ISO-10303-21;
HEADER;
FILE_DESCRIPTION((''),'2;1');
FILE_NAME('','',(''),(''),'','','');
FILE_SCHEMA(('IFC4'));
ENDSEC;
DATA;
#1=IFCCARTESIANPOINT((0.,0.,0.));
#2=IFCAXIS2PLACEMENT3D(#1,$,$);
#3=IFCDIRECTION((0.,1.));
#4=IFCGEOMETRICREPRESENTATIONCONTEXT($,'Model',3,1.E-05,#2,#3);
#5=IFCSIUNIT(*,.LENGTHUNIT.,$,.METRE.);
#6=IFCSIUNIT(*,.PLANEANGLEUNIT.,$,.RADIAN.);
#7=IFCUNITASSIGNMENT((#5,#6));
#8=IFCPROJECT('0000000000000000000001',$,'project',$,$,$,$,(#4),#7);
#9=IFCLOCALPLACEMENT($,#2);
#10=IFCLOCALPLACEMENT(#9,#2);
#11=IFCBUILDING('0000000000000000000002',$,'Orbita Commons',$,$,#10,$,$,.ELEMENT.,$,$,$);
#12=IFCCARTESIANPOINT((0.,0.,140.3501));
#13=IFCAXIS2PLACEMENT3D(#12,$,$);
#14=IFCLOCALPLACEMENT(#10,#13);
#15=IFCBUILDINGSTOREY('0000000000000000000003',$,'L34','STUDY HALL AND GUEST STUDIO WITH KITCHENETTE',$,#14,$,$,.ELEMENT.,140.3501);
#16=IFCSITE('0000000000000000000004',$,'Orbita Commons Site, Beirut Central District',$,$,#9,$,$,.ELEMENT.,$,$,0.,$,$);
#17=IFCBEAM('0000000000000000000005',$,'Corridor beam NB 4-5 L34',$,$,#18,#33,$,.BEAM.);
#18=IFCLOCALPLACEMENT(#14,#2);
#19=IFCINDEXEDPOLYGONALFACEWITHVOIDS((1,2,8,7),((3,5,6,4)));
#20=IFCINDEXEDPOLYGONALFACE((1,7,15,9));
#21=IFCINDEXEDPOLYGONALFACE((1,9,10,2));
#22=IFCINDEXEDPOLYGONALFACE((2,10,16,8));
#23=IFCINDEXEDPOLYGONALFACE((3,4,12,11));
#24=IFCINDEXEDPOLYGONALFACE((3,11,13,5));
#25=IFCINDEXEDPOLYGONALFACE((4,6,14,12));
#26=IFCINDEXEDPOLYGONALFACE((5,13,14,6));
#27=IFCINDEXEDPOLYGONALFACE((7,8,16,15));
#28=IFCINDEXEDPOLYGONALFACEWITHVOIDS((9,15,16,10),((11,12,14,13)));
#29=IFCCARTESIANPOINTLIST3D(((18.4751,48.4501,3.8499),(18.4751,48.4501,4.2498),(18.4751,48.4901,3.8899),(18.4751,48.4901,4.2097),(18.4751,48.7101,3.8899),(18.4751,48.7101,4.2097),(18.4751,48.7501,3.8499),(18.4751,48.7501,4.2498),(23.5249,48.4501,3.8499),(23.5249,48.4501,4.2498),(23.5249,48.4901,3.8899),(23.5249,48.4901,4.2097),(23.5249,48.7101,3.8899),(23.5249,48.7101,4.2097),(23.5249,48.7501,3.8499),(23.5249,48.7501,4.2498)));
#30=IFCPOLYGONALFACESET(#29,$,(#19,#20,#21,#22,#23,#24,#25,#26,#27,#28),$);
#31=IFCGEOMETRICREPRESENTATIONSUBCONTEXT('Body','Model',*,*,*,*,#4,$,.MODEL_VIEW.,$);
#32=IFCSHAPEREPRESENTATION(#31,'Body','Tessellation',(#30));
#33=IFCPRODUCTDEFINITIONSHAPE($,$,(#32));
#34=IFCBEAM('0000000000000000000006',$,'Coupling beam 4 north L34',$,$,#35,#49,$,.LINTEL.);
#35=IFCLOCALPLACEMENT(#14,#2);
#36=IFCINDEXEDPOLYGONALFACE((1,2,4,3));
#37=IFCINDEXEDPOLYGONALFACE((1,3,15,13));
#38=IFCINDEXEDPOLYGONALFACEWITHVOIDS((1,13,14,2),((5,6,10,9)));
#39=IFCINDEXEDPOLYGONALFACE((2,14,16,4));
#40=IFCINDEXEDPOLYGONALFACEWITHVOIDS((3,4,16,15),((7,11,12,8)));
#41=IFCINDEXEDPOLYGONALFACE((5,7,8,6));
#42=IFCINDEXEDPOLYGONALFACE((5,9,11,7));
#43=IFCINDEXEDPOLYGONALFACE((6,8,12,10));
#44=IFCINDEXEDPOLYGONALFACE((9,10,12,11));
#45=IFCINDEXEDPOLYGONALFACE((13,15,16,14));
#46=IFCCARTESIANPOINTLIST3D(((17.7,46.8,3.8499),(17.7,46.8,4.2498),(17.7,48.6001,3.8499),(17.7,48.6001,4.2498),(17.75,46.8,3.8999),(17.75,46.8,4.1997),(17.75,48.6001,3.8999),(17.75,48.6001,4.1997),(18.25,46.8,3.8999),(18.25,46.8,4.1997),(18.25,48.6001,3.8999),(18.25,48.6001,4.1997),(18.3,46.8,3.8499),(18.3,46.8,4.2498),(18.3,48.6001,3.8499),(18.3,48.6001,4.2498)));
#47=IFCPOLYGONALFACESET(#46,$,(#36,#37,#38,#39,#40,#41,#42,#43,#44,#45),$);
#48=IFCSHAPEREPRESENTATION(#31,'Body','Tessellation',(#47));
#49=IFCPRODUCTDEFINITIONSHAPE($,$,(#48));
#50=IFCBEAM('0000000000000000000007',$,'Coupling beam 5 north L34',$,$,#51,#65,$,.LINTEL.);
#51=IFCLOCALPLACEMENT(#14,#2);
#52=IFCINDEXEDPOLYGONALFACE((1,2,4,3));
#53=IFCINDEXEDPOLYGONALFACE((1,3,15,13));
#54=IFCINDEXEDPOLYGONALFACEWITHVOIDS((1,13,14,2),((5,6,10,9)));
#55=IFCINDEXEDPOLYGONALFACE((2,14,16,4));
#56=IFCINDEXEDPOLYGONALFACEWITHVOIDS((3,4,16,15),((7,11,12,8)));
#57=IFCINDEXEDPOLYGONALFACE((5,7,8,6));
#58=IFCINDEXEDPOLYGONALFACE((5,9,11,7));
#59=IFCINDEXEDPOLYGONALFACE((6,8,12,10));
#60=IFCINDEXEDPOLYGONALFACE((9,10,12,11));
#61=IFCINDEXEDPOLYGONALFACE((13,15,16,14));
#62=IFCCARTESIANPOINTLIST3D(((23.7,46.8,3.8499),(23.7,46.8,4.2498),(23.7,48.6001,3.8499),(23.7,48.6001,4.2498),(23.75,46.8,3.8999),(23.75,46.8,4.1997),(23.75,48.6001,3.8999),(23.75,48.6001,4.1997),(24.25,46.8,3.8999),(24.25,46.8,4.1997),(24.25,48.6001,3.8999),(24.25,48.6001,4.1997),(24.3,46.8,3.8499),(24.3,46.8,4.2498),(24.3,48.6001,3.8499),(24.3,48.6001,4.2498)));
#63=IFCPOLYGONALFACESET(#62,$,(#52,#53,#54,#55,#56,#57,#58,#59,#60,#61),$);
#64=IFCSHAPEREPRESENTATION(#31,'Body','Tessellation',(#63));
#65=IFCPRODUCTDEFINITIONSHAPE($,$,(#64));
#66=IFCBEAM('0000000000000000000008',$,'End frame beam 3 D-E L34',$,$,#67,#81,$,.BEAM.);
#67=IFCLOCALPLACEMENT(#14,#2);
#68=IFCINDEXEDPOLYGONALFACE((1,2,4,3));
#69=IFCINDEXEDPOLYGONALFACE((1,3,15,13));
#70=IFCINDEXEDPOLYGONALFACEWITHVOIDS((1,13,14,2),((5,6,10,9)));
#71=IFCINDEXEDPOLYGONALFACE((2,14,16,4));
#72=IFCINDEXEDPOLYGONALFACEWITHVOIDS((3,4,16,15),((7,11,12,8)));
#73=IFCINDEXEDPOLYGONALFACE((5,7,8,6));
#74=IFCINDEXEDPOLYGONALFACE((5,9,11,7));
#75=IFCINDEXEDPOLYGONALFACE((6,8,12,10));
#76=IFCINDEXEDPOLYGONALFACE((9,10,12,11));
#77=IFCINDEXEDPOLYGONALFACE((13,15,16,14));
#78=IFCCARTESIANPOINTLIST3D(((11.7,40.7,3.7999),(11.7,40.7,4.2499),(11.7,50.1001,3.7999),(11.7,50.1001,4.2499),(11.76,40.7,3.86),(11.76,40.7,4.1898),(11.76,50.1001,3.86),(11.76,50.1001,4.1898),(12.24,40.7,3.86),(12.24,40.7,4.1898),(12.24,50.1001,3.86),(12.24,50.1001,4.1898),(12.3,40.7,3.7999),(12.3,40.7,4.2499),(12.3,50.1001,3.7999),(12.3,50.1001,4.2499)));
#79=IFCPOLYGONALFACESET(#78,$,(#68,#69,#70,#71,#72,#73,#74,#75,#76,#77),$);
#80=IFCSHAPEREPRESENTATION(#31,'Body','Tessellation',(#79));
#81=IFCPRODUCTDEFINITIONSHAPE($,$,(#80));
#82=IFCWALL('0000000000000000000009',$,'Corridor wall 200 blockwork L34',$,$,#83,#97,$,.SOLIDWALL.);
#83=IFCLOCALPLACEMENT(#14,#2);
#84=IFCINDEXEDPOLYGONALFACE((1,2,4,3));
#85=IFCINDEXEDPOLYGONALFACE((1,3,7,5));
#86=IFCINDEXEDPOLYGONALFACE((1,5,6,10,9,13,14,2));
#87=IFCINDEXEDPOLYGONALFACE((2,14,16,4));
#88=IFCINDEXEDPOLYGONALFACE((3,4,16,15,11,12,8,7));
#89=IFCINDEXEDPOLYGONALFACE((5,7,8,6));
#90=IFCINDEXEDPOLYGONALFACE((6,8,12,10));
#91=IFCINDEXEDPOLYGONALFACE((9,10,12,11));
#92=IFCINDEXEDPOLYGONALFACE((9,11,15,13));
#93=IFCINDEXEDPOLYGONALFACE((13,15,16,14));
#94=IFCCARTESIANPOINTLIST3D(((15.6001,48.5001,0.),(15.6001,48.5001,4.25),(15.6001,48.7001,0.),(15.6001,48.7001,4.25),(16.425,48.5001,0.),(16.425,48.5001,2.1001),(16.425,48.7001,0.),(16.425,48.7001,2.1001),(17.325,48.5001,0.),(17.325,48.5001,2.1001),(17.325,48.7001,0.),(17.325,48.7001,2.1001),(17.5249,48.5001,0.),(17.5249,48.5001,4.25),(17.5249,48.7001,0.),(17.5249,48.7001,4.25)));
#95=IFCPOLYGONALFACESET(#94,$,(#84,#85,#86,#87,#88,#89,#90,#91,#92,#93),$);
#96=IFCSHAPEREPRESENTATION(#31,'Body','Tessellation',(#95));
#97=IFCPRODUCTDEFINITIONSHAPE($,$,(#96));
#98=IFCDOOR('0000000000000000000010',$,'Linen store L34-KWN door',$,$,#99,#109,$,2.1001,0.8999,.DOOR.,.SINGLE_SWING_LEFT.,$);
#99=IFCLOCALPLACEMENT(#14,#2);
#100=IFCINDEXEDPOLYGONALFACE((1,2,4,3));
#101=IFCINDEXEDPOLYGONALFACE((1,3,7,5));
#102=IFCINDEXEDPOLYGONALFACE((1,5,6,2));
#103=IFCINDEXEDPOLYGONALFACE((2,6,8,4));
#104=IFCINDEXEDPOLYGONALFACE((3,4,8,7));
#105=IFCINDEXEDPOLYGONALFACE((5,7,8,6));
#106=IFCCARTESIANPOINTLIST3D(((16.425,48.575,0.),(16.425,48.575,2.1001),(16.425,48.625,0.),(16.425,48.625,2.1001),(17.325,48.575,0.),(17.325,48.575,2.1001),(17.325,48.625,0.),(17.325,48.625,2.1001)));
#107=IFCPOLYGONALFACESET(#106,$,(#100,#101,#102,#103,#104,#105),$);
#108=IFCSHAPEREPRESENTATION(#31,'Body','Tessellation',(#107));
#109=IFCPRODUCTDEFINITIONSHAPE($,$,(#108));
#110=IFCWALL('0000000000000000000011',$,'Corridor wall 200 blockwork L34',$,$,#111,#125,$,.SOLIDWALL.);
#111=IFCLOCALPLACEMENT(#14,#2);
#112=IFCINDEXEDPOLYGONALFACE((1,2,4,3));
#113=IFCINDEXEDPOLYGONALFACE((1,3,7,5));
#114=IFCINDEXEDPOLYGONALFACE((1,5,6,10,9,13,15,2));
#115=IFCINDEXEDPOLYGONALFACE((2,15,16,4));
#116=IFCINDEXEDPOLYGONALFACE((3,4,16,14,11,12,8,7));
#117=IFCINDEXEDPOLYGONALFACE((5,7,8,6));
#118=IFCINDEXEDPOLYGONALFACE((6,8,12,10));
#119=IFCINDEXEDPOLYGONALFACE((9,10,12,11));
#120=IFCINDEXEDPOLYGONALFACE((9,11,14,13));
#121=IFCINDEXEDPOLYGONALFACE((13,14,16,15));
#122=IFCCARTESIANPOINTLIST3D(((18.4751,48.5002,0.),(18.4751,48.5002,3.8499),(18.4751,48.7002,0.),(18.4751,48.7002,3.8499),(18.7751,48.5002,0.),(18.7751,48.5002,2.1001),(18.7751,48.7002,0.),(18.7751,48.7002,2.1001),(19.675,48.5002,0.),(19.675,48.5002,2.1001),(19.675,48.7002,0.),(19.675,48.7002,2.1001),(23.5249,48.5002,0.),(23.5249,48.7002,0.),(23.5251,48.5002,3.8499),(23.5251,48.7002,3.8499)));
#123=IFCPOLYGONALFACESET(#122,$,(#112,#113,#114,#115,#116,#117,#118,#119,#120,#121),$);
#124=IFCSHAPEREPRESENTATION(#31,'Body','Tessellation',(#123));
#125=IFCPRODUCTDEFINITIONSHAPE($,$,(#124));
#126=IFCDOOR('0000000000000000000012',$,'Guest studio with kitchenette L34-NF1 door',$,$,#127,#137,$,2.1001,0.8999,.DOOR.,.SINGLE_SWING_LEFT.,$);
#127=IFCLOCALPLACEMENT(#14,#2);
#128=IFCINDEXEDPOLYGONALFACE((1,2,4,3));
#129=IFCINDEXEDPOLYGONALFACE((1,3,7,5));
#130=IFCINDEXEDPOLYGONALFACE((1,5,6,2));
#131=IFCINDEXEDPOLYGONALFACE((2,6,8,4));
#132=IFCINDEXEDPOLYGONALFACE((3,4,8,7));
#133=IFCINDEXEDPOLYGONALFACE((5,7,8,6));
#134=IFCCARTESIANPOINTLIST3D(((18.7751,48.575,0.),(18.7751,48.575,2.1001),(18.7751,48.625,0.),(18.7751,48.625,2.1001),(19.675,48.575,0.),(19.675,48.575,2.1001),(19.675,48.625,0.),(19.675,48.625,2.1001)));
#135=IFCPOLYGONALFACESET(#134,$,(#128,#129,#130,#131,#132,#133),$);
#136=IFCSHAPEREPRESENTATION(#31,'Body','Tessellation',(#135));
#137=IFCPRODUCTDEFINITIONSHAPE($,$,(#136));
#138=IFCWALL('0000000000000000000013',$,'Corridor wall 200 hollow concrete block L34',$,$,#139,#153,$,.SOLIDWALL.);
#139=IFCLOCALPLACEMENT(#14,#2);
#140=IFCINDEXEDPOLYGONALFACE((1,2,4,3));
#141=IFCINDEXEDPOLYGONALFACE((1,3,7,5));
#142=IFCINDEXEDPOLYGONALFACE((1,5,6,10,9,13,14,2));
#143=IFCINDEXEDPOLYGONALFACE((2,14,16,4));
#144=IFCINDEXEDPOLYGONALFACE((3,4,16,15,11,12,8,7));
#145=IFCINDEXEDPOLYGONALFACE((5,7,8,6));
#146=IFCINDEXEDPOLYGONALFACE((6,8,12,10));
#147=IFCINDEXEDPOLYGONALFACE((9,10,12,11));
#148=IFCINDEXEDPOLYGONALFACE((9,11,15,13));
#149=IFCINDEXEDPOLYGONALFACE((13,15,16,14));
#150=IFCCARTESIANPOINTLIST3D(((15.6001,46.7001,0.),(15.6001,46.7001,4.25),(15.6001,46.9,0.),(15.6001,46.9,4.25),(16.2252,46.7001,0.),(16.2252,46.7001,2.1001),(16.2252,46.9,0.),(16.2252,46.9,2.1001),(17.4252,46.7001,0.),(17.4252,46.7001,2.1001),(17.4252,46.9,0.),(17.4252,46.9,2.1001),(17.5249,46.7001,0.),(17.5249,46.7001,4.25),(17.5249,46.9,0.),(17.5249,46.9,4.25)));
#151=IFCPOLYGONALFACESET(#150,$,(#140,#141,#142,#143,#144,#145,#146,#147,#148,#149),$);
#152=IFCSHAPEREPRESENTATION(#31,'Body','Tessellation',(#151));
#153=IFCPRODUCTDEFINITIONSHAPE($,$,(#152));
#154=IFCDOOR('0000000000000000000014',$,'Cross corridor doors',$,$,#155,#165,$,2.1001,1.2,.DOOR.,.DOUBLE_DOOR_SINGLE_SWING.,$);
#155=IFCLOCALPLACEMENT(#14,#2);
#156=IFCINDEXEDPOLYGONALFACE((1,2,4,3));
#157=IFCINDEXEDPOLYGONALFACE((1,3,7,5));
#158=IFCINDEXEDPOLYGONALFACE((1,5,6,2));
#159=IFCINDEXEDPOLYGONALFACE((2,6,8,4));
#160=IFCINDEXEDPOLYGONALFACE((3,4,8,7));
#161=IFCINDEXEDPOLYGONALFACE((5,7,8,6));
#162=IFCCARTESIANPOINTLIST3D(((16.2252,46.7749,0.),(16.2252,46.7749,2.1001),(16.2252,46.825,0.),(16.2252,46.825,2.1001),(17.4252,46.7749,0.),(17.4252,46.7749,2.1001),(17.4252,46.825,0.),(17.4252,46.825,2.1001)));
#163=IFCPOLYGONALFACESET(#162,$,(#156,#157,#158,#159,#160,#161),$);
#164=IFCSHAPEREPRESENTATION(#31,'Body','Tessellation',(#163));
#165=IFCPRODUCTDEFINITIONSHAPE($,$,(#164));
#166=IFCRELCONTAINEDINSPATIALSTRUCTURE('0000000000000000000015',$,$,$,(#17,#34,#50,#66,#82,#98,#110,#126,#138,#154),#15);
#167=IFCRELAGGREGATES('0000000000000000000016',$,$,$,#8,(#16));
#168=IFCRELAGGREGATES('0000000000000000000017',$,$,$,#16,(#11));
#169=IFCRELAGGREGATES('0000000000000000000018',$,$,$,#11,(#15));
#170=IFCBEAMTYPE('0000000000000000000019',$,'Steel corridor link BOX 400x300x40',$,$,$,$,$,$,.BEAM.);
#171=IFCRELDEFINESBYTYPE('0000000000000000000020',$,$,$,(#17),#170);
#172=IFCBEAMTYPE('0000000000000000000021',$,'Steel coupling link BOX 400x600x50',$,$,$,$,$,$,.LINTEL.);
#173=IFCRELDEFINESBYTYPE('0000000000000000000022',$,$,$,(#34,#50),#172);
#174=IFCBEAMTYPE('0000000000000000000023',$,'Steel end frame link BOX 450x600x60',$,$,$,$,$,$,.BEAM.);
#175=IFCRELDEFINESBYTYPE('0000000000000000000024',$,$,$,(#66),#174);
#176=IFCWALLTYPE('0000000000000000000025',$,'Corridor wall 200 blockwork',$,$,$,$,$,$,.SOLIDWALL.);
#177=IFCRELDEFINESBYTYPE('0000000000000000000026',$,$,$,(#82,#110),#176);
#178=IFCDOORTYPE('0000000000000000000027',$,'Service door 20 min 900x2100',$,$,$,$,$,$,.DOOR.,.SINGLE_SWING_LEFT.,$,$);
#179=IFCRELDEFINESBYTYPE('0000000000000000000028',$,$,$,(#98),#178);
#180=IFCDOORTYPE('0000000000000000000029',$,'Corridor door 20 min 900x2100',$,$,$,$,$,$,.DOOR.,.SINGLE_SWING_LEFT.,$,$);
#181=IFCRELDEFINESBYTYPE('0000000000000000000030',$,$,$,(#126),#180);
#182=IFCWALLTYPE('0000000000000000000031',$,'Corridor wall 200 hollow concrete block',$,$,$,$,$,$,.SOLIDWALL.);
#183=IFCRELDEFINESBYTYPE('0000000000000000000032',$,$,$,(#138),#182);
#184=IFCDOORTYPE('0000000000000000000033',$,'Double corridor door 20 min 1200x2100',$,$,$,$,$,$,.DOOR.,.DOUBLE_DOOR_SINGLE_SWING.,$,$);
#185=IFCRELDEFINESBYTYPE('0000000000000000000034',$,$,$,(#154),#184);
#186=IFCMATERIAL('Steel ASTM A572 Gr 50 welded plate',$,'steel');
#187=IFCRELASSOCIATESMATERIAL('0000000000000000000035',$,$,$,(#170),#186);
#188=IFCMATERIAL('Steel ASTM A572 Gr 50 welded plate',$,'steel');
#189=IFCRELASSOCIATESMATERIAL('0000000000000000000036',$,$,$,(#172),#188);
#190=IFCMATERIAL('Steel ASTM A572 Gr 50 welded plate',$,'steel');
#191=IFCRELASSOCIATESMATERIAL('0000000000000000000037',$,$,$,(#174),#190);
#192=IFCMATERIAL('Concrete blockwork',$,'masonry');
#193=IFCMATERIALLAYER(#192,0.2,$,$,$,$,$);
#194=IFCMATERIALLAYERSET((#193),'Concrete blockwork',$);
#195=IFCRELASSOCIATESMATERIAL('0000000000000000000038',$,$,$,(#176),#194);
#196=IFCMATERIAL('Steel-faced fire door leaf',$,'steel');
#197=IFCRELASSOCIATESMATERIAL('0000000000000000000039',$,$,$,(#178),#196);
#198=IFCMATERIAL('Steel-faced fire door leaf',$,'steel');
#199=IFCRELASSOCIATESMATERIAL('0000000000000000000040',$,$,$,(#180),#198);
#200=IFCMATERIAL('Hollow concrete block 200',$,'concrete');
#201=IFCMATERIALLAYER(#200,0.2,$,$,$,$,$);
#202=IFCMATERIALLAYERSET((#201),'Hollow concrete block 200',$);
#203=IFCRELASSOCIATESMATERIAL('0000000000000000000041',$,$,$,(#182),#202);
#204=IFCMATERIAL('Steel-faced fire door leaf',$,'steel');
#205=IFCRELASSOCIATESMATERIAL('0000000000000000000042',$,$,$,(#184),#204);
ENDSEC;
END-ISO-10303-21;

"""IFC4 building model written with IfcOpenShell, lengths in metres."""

from ifc_helpers import new_model, si_unit, direction, frame, frame_2d, origin, origin_2d, place, context, subcontext, project, spatial, polyline, rectangle, hollow_rectangle, outline, extrude, material, layer, layer_set, material_profile, profile_set, type_object, element, fill, save


model = new_model("IFC4")

# Units and contexts
model_context = context("Model", 3, precision=1e-05, world=origin(), true_north=direction((0.0, 1.0)))
body_context = subcontext(model_context, "Body", "Model", "MODEL_VIEW")
ifc_project = project(units=[si_unit("LENGTHUNIT", "METRE"), si_unit("PLANEANGLEUNIT", "RADIAN")], contexts=[model_context])

# Site, building, storey
site_placement = place(None, origin())
site = spatial("IfcSite", under=ifc_project, at=site_placement, Name="Orbita Commons Site, Beirut Central District", CompositionType="ELEMENT", RefElevation=0.0)
building_placement = place(site_placement, origin())
building = spatial("IfcBuilding", under=site, at=building_placement, Name="Orbita Commons", CompositionType="ELEMENT")
storey_placement = place(building_placement, frame((0.0, 0.0, 140.3501)))
storey = spatial("IfcBuildingStorey", under=building, at=storey_placement, Name="L34", Description="STUDY HALL AND GUEST STUDIO WITH KITCHENETTE", CompositionType="ELEMENT", Elevation=140.3501)

# Beams
ifc_material_1 = material(Name="Steel ASTM A572 Gr 50 welded plate", Category="steel")
ifc_material_profile_1 = material_profile(ifc_material_1, hollow_rectangle(XDim=0.3, YDim=0.3999, WallThickness=0.04, at=origin_2d()), Name="BOX 400x300x40")
ifc_profile_set_1 = profile_set([ifc_material_profile_1], Name="Steel ASTM A572 Gr 50 welded plate")
beam_type_1 = type_object("IfcBeamType", Name="Steel corridor link BOX 400x300x40", PredefinedType="BEAM", material=ifc_profile_set_1)
beam_1_placement = place(storey_placement, frame((18.4751, 48.6001, 4.0498), z_axis=(1.0, 0.0, 0.0), x_axis=(0.0, 1.0, 0.0)))
element("IfcBeam", 1, at=beam_1_placement, inside=storey, type_object=beam_type_1, Name="Corridor beam NB 4-5 L34", PredefinedType="BEAM", context=body_context, shape_type="SweptSolid", body=[
    extrude(hollow_rectangle(XDim=0.3, YDim=0.3999, WallThickness=0.04, at=origin_2d()), origin(), (0.0, 0.0, 1.0), 5.0498),
])
ifc_material_2 = material(Name="Steel ASTM A572 Gr 50 welded plate", Category="steel")
ifc_material_profile_2 = material_profile(ifc_material_2, hollow_rectangle(XDim=0.6001, YDim=0.3999, WallThickness=0.05, at=origin_2d()), Name="BOX 400x600x50")
ifc_profile_set_2 = profile_set([ifc_material_profile_2], Name="Steel ASTM A572 Gr 50 welded plate")
beam_type_2 = type_object("IfcBeamType", Name="Steel coupling link BOX 400x600x50", PredefinedType="LINTEL", material=ifc_profile_set_2)
for number, where, z_axis, x_axis, name in (
    (2, (18.0, 46.8, 4.0498), (0.0, 1.0, 0.0), (-1.0, 0.0, 0.0), "Coupling beam 4 north L34"),
    (3, (24.0, 46.8, 4.0498), (0.0, 1.0, 0.0), (-1.0, 0.0, 0.0), "Coupling beam 5 north L34"),
):
    element("IfcBeam", number, at=place(storey_placement, frame(where, z_axis=z_axis, x_axis=x_axis)), inside=storey, type_object=beam_type_2, Name=name, PredefinedType="LINTEL", context=body_context, shape_type="SweptSolid", body=[
        extrude(hollow_rectangle(XDim=0.6001, YDim=0.3999, WallThickness=0.05, at=origin_2d()), origin(), (0.0, 0.0, 1.0), 1.8),
    ])
ifc_material_3 = material(Name="Steel ASTM A572 Gr 50 welded plate", Category="steel")
ifc_material_profile_3 = material_profile(ifc_material_3, hollow_rectangle(XDim=0.6001, YDim=0.45, WallThickness=0.0601, at=origin_2d()), Name="BOX 450x600x60")
ifc_profile_set_3 = profile_set([ifc_material_profile_3], Name="Steel ASTM A572 Gr 50 welded plate")
beam_type_3 = type_object("IfcBeamType", Name="Steel end frame link BOX 450x600x60", PredefinedType="BEAM", material=ifc_profile_set_3)
beam_2_placement = place(storey_placement, frame((12.0, 40.7, 4.0249), z_axis=(0.0, 1.0, 0.0), x_axis=(-1.0, 0.0, 0.0)))
element("IfcBeam", 4, at=beam_2_placement, inside=storey, type_object=beam_type_3, Name="End frame beam 3 D-E L34", PredefinedType="BEAM", context=body_context, shape_type="SweptSolid", body=[
    extrude(hollow_rectangle(XDim=0.6001, YDim=0.45, WallThickness=0.0601, at=origin_2d()), origin(), (0.0, 0.0, 1.0), 9.4001),
])

# Walls, openings, doors
ifc_material_4 = material(Name="Concrete blockwork", Category="masonry")
ifc_layer_1 = layer(ifc_material_4, 0.2)
ifc_layer_set_1 = layer_set([ifc_layer_1], Name="Concrete blockwork")
wall_type_1 = type_object("IfcWallType", Name="Corridor wall 200 blockwork", PredefinedType="SOLIDWALL", material=ifc_layer_set_1)
wall_1_placement = place(storey_placement, frame((15.6001, 48.6001, 0.0), z_axis=(0.0, 0.0, 1.0), x_axis=(1.0, 0.0, 0.0)))
wall_1 = element("IfcWall", 5, at=wall_1_placement, inside=storey, type_object=wall_type_1, Name="Corridor wall 200 blockwork L34", PredefinedType="SOLIDWALL", context=body_context, shape_type="SweptSolid", body=[
    extrude(rectangle(XDim=1.9248, YDim=0.2, at=frame_2d((0.9624, 0.0))), origin(), (0.0, 0.0, 1.0), 4.25),
])
opening_1_placement = place(wall_1_placement, frame((0.825, 0.0, 0.0)))
opening_1 = element("IfcOpeningElement", 6, at=opening_1_placement, cuts=wall_1, PredefinedType="OPENING", context=body_context, shape_type="SweptSolid", body=[
    extrude(rectangle(XDim=0.8999, YDim=2.1001, at=frame_2d((0.45, 1.05))), frame((0.0, 0.1099, 0.0), z_axis=(0.0, -1.0, 0.0), x_axis=(1.0, 0.0, 0.0)), (0.0, 0.0, 1.0), 0.22),
])
ifc_material_5 = material(Name="Steel-faced fire door leaf", Category="steel")
door_type_1 = type_object("IfcDoorType", Name="Service door 20 min 900x2100", OperationType="SINGLE_SWING_LEFT", PredefinedType="DOOR", material=ifc_material_5)
door_1_placement = place(opening_1_placement, origin())
door_1 = element("IfcDoor", 7, at=door_1_placement, inside=storey, type_object=door_type_1, Name="Linen store L34-KWN door", OperationType="SINGLE_SWING_LEFT", OverallHeight=2.1001, OverallWidth=0.8999, PredefinedType="DOOR", context=body_context, shape_type="SweptSolid", body=[
    extrude(rectangle(XDim=0.8999, YDim=2.1001, at=frame_2d((0.45, 1.05))), frame((0.0, 0.0249, 0.0), z_axis=(0.0, -1.0, 0.0), x_axis=(1.0, 0.0, 0.0)), (0.0, 0.0, 1.0), 0.05),
])
fill(opening_1, door_1)
wall_2_placement = place(storey_placement, frame((18.4751, 48.6001, 0.0), z_axis=(0.0, 0.0, 1.0), x_axis=(1.0, 0.0, 0.0)))
wall_2 = element("IfcWall", 8, at=wall_2_placement, inside=storey, type_object=wall_type_1, Name="Corridor wall 200 blockwork L34", PredefinedType="SOLIDWALL", context=body_context, shape_type="SweptSolid", body=[
    extrude(outline(polyline([(0.0, 0.0), (5.0498, 0.0), (5.05, 3.8499), (0.0, 3.8499), (0.0, 0.0)])), frame((0.0, 0.1001, 0.0), z_axis=(0.0, -1.0, 0.0), x_axis=(1.0, 0.0, 0.0)), (0.0, 0.0, 1.0), 0.2),
])
opening_2_placement = place(wall_2_placement, frame((0.3, 0.0, 0.0)))
opening_2 = element("IfcOpeningElement", 9, at=opening_2_placement, cuts=wall_2, PredefinedType="OPENING", context=body_context, shape_type="SweptSolid", body=[
    extrude(rectangle(XDim=0.8999, YDim=2.1001, at=frame_2d((0.45, 1.05))), frame((0.0, 0.1099, 0.0), z_axis=(0.0, -1.0, 0.0), x_axis=(1.0, 0.0, 0.0)), (0.0, 0.0, 1.0), 0.22),
])
ifc_material_6 = material(Name="Steel-faced fire door leaf", Category="steel")
door_type_2 = type_object("IfcDoorType", Name="Corridor door 20 min 900x2100", OperationType="SINGLE_SWING_LEFT", PredefinedType="DOOR", material=ifc_material_6)
door_2_placement = place(opening_2_placement, origin())
door_2 = element("IfcDoor", 10, at=door_2_placement, inside=storey, type_object=door_type_2, Name="Guest studio with kitchenette L34-NF1 door", OperationType="SINGLE_SWING_LEFT", OverallHeight=2.1001, OverallWidth=0.8999, PredefinedType="DOOR", context=body_context, shape_type="SweptSolid", body=[
    extrude(rectangle(XDim=0.8999, YDim=2.1001, at=frame_2d((0.45, 1.05))), frame((0.0, 0.0249, 0.0), z_axis=(0.0, -1.0, 0.0), x_axis=(1.0, 0.0, 0.0)), (0.0, 0.0, 1.0), 0.05),
])
fill(opening_2, door_2)
ifc_material_7 = material(Name="Hollow concrete block 200", Category="concrete")
ifc_layer_2 = layer(ifc_material_7, 0.2)
ifc_layer_set_2 = layer_set([ifc_layer_2], Name="Hollow concrete block 200")
wall_type_2 = type_object("IfcWallType", Name="Corridor wall 200 hollow concrete block", PredefinedType="SOLIDWALL", material=ifc_layer_set_2)
wall_3_placement = place(storey_placement, frame((15.6001, 46.8, 0.0), z_axis=(0.0, 0.0, 1.0), x_axis=(1.0, 0.0, 0.0)))
wall_3 = element("IfcWall", 11, at=wall_3_placement, inside=storey, type_object=wall_type_2, Name="Corridor wall 200 hollow concrete block L34", PredefinedType="SOLIDWALL", context=body_context, shape_type="SweptSolid", body=[
    extrude(rectangle(XDim=1.9248, YDim=0.2, at=frame_2d((0.9624, 0.0))), origin(), (0.0, 0.0, 1.0), 4.25),
])
opening_3_placement = place(wall_3_placement, frame((0.625, 0.0, 0.0)))
opening_3 = element("IfcOpeningElement", 12, at=opening_3_placement, cuts=wall_3, PredefinedType="OPENING", context=body_context, shape_type="SweptSolid", body=[
    extrude(rectangle(XDim=1.2, YDim=2.1001, at=frame_2d((0.6001, 1.05))), frame((0.0, 0.1099, 0.0), z_axis=(0.0, -1.0, 0.0), x_axis=(1.0, 0.0, 0.0)), (0.0, 0.0, 1.0), 0.22),
])
ifc_material_8 = material(Name="Steel-faced fire door leaf", Category="steel")
door_type_3 = type_object("IfcDoorType", Name="Double corridor door 20 min 1200x2100", OperationType="DOUBLE_DOOR_SINGLE_SWING", PredefinedType="DOOR", material=ifc_material_8)
door_3_placement = place(opening_3_placement, origin())
door_3 = element("IfcDoor", 13, at=door_3_placement, inside=storey, type_object=door_type_3, Name="Cross corridor doors", OperationType="DOUBLE_DOOR_SINGLE_SWING", OverallHeight=2.1001, OverallWidth=1.2, PredefinedType="DOOR", context=body_context, shape_type="SweptSolid", body=[
    extrude(rectangle(XDim=1.2, YDim=2.1001, at=frame_2d((0.6001, 1.05))), frame((0.0, 0.0249, 0.0), z_axis=(0.0, -1.0, 0.0), x_axis=(1.0, 0.0, 0.0)), (0.0, 0.0, 1.0), 0.05),
])
fill(opening_3, door_3)

save(model, "model.ifc")
